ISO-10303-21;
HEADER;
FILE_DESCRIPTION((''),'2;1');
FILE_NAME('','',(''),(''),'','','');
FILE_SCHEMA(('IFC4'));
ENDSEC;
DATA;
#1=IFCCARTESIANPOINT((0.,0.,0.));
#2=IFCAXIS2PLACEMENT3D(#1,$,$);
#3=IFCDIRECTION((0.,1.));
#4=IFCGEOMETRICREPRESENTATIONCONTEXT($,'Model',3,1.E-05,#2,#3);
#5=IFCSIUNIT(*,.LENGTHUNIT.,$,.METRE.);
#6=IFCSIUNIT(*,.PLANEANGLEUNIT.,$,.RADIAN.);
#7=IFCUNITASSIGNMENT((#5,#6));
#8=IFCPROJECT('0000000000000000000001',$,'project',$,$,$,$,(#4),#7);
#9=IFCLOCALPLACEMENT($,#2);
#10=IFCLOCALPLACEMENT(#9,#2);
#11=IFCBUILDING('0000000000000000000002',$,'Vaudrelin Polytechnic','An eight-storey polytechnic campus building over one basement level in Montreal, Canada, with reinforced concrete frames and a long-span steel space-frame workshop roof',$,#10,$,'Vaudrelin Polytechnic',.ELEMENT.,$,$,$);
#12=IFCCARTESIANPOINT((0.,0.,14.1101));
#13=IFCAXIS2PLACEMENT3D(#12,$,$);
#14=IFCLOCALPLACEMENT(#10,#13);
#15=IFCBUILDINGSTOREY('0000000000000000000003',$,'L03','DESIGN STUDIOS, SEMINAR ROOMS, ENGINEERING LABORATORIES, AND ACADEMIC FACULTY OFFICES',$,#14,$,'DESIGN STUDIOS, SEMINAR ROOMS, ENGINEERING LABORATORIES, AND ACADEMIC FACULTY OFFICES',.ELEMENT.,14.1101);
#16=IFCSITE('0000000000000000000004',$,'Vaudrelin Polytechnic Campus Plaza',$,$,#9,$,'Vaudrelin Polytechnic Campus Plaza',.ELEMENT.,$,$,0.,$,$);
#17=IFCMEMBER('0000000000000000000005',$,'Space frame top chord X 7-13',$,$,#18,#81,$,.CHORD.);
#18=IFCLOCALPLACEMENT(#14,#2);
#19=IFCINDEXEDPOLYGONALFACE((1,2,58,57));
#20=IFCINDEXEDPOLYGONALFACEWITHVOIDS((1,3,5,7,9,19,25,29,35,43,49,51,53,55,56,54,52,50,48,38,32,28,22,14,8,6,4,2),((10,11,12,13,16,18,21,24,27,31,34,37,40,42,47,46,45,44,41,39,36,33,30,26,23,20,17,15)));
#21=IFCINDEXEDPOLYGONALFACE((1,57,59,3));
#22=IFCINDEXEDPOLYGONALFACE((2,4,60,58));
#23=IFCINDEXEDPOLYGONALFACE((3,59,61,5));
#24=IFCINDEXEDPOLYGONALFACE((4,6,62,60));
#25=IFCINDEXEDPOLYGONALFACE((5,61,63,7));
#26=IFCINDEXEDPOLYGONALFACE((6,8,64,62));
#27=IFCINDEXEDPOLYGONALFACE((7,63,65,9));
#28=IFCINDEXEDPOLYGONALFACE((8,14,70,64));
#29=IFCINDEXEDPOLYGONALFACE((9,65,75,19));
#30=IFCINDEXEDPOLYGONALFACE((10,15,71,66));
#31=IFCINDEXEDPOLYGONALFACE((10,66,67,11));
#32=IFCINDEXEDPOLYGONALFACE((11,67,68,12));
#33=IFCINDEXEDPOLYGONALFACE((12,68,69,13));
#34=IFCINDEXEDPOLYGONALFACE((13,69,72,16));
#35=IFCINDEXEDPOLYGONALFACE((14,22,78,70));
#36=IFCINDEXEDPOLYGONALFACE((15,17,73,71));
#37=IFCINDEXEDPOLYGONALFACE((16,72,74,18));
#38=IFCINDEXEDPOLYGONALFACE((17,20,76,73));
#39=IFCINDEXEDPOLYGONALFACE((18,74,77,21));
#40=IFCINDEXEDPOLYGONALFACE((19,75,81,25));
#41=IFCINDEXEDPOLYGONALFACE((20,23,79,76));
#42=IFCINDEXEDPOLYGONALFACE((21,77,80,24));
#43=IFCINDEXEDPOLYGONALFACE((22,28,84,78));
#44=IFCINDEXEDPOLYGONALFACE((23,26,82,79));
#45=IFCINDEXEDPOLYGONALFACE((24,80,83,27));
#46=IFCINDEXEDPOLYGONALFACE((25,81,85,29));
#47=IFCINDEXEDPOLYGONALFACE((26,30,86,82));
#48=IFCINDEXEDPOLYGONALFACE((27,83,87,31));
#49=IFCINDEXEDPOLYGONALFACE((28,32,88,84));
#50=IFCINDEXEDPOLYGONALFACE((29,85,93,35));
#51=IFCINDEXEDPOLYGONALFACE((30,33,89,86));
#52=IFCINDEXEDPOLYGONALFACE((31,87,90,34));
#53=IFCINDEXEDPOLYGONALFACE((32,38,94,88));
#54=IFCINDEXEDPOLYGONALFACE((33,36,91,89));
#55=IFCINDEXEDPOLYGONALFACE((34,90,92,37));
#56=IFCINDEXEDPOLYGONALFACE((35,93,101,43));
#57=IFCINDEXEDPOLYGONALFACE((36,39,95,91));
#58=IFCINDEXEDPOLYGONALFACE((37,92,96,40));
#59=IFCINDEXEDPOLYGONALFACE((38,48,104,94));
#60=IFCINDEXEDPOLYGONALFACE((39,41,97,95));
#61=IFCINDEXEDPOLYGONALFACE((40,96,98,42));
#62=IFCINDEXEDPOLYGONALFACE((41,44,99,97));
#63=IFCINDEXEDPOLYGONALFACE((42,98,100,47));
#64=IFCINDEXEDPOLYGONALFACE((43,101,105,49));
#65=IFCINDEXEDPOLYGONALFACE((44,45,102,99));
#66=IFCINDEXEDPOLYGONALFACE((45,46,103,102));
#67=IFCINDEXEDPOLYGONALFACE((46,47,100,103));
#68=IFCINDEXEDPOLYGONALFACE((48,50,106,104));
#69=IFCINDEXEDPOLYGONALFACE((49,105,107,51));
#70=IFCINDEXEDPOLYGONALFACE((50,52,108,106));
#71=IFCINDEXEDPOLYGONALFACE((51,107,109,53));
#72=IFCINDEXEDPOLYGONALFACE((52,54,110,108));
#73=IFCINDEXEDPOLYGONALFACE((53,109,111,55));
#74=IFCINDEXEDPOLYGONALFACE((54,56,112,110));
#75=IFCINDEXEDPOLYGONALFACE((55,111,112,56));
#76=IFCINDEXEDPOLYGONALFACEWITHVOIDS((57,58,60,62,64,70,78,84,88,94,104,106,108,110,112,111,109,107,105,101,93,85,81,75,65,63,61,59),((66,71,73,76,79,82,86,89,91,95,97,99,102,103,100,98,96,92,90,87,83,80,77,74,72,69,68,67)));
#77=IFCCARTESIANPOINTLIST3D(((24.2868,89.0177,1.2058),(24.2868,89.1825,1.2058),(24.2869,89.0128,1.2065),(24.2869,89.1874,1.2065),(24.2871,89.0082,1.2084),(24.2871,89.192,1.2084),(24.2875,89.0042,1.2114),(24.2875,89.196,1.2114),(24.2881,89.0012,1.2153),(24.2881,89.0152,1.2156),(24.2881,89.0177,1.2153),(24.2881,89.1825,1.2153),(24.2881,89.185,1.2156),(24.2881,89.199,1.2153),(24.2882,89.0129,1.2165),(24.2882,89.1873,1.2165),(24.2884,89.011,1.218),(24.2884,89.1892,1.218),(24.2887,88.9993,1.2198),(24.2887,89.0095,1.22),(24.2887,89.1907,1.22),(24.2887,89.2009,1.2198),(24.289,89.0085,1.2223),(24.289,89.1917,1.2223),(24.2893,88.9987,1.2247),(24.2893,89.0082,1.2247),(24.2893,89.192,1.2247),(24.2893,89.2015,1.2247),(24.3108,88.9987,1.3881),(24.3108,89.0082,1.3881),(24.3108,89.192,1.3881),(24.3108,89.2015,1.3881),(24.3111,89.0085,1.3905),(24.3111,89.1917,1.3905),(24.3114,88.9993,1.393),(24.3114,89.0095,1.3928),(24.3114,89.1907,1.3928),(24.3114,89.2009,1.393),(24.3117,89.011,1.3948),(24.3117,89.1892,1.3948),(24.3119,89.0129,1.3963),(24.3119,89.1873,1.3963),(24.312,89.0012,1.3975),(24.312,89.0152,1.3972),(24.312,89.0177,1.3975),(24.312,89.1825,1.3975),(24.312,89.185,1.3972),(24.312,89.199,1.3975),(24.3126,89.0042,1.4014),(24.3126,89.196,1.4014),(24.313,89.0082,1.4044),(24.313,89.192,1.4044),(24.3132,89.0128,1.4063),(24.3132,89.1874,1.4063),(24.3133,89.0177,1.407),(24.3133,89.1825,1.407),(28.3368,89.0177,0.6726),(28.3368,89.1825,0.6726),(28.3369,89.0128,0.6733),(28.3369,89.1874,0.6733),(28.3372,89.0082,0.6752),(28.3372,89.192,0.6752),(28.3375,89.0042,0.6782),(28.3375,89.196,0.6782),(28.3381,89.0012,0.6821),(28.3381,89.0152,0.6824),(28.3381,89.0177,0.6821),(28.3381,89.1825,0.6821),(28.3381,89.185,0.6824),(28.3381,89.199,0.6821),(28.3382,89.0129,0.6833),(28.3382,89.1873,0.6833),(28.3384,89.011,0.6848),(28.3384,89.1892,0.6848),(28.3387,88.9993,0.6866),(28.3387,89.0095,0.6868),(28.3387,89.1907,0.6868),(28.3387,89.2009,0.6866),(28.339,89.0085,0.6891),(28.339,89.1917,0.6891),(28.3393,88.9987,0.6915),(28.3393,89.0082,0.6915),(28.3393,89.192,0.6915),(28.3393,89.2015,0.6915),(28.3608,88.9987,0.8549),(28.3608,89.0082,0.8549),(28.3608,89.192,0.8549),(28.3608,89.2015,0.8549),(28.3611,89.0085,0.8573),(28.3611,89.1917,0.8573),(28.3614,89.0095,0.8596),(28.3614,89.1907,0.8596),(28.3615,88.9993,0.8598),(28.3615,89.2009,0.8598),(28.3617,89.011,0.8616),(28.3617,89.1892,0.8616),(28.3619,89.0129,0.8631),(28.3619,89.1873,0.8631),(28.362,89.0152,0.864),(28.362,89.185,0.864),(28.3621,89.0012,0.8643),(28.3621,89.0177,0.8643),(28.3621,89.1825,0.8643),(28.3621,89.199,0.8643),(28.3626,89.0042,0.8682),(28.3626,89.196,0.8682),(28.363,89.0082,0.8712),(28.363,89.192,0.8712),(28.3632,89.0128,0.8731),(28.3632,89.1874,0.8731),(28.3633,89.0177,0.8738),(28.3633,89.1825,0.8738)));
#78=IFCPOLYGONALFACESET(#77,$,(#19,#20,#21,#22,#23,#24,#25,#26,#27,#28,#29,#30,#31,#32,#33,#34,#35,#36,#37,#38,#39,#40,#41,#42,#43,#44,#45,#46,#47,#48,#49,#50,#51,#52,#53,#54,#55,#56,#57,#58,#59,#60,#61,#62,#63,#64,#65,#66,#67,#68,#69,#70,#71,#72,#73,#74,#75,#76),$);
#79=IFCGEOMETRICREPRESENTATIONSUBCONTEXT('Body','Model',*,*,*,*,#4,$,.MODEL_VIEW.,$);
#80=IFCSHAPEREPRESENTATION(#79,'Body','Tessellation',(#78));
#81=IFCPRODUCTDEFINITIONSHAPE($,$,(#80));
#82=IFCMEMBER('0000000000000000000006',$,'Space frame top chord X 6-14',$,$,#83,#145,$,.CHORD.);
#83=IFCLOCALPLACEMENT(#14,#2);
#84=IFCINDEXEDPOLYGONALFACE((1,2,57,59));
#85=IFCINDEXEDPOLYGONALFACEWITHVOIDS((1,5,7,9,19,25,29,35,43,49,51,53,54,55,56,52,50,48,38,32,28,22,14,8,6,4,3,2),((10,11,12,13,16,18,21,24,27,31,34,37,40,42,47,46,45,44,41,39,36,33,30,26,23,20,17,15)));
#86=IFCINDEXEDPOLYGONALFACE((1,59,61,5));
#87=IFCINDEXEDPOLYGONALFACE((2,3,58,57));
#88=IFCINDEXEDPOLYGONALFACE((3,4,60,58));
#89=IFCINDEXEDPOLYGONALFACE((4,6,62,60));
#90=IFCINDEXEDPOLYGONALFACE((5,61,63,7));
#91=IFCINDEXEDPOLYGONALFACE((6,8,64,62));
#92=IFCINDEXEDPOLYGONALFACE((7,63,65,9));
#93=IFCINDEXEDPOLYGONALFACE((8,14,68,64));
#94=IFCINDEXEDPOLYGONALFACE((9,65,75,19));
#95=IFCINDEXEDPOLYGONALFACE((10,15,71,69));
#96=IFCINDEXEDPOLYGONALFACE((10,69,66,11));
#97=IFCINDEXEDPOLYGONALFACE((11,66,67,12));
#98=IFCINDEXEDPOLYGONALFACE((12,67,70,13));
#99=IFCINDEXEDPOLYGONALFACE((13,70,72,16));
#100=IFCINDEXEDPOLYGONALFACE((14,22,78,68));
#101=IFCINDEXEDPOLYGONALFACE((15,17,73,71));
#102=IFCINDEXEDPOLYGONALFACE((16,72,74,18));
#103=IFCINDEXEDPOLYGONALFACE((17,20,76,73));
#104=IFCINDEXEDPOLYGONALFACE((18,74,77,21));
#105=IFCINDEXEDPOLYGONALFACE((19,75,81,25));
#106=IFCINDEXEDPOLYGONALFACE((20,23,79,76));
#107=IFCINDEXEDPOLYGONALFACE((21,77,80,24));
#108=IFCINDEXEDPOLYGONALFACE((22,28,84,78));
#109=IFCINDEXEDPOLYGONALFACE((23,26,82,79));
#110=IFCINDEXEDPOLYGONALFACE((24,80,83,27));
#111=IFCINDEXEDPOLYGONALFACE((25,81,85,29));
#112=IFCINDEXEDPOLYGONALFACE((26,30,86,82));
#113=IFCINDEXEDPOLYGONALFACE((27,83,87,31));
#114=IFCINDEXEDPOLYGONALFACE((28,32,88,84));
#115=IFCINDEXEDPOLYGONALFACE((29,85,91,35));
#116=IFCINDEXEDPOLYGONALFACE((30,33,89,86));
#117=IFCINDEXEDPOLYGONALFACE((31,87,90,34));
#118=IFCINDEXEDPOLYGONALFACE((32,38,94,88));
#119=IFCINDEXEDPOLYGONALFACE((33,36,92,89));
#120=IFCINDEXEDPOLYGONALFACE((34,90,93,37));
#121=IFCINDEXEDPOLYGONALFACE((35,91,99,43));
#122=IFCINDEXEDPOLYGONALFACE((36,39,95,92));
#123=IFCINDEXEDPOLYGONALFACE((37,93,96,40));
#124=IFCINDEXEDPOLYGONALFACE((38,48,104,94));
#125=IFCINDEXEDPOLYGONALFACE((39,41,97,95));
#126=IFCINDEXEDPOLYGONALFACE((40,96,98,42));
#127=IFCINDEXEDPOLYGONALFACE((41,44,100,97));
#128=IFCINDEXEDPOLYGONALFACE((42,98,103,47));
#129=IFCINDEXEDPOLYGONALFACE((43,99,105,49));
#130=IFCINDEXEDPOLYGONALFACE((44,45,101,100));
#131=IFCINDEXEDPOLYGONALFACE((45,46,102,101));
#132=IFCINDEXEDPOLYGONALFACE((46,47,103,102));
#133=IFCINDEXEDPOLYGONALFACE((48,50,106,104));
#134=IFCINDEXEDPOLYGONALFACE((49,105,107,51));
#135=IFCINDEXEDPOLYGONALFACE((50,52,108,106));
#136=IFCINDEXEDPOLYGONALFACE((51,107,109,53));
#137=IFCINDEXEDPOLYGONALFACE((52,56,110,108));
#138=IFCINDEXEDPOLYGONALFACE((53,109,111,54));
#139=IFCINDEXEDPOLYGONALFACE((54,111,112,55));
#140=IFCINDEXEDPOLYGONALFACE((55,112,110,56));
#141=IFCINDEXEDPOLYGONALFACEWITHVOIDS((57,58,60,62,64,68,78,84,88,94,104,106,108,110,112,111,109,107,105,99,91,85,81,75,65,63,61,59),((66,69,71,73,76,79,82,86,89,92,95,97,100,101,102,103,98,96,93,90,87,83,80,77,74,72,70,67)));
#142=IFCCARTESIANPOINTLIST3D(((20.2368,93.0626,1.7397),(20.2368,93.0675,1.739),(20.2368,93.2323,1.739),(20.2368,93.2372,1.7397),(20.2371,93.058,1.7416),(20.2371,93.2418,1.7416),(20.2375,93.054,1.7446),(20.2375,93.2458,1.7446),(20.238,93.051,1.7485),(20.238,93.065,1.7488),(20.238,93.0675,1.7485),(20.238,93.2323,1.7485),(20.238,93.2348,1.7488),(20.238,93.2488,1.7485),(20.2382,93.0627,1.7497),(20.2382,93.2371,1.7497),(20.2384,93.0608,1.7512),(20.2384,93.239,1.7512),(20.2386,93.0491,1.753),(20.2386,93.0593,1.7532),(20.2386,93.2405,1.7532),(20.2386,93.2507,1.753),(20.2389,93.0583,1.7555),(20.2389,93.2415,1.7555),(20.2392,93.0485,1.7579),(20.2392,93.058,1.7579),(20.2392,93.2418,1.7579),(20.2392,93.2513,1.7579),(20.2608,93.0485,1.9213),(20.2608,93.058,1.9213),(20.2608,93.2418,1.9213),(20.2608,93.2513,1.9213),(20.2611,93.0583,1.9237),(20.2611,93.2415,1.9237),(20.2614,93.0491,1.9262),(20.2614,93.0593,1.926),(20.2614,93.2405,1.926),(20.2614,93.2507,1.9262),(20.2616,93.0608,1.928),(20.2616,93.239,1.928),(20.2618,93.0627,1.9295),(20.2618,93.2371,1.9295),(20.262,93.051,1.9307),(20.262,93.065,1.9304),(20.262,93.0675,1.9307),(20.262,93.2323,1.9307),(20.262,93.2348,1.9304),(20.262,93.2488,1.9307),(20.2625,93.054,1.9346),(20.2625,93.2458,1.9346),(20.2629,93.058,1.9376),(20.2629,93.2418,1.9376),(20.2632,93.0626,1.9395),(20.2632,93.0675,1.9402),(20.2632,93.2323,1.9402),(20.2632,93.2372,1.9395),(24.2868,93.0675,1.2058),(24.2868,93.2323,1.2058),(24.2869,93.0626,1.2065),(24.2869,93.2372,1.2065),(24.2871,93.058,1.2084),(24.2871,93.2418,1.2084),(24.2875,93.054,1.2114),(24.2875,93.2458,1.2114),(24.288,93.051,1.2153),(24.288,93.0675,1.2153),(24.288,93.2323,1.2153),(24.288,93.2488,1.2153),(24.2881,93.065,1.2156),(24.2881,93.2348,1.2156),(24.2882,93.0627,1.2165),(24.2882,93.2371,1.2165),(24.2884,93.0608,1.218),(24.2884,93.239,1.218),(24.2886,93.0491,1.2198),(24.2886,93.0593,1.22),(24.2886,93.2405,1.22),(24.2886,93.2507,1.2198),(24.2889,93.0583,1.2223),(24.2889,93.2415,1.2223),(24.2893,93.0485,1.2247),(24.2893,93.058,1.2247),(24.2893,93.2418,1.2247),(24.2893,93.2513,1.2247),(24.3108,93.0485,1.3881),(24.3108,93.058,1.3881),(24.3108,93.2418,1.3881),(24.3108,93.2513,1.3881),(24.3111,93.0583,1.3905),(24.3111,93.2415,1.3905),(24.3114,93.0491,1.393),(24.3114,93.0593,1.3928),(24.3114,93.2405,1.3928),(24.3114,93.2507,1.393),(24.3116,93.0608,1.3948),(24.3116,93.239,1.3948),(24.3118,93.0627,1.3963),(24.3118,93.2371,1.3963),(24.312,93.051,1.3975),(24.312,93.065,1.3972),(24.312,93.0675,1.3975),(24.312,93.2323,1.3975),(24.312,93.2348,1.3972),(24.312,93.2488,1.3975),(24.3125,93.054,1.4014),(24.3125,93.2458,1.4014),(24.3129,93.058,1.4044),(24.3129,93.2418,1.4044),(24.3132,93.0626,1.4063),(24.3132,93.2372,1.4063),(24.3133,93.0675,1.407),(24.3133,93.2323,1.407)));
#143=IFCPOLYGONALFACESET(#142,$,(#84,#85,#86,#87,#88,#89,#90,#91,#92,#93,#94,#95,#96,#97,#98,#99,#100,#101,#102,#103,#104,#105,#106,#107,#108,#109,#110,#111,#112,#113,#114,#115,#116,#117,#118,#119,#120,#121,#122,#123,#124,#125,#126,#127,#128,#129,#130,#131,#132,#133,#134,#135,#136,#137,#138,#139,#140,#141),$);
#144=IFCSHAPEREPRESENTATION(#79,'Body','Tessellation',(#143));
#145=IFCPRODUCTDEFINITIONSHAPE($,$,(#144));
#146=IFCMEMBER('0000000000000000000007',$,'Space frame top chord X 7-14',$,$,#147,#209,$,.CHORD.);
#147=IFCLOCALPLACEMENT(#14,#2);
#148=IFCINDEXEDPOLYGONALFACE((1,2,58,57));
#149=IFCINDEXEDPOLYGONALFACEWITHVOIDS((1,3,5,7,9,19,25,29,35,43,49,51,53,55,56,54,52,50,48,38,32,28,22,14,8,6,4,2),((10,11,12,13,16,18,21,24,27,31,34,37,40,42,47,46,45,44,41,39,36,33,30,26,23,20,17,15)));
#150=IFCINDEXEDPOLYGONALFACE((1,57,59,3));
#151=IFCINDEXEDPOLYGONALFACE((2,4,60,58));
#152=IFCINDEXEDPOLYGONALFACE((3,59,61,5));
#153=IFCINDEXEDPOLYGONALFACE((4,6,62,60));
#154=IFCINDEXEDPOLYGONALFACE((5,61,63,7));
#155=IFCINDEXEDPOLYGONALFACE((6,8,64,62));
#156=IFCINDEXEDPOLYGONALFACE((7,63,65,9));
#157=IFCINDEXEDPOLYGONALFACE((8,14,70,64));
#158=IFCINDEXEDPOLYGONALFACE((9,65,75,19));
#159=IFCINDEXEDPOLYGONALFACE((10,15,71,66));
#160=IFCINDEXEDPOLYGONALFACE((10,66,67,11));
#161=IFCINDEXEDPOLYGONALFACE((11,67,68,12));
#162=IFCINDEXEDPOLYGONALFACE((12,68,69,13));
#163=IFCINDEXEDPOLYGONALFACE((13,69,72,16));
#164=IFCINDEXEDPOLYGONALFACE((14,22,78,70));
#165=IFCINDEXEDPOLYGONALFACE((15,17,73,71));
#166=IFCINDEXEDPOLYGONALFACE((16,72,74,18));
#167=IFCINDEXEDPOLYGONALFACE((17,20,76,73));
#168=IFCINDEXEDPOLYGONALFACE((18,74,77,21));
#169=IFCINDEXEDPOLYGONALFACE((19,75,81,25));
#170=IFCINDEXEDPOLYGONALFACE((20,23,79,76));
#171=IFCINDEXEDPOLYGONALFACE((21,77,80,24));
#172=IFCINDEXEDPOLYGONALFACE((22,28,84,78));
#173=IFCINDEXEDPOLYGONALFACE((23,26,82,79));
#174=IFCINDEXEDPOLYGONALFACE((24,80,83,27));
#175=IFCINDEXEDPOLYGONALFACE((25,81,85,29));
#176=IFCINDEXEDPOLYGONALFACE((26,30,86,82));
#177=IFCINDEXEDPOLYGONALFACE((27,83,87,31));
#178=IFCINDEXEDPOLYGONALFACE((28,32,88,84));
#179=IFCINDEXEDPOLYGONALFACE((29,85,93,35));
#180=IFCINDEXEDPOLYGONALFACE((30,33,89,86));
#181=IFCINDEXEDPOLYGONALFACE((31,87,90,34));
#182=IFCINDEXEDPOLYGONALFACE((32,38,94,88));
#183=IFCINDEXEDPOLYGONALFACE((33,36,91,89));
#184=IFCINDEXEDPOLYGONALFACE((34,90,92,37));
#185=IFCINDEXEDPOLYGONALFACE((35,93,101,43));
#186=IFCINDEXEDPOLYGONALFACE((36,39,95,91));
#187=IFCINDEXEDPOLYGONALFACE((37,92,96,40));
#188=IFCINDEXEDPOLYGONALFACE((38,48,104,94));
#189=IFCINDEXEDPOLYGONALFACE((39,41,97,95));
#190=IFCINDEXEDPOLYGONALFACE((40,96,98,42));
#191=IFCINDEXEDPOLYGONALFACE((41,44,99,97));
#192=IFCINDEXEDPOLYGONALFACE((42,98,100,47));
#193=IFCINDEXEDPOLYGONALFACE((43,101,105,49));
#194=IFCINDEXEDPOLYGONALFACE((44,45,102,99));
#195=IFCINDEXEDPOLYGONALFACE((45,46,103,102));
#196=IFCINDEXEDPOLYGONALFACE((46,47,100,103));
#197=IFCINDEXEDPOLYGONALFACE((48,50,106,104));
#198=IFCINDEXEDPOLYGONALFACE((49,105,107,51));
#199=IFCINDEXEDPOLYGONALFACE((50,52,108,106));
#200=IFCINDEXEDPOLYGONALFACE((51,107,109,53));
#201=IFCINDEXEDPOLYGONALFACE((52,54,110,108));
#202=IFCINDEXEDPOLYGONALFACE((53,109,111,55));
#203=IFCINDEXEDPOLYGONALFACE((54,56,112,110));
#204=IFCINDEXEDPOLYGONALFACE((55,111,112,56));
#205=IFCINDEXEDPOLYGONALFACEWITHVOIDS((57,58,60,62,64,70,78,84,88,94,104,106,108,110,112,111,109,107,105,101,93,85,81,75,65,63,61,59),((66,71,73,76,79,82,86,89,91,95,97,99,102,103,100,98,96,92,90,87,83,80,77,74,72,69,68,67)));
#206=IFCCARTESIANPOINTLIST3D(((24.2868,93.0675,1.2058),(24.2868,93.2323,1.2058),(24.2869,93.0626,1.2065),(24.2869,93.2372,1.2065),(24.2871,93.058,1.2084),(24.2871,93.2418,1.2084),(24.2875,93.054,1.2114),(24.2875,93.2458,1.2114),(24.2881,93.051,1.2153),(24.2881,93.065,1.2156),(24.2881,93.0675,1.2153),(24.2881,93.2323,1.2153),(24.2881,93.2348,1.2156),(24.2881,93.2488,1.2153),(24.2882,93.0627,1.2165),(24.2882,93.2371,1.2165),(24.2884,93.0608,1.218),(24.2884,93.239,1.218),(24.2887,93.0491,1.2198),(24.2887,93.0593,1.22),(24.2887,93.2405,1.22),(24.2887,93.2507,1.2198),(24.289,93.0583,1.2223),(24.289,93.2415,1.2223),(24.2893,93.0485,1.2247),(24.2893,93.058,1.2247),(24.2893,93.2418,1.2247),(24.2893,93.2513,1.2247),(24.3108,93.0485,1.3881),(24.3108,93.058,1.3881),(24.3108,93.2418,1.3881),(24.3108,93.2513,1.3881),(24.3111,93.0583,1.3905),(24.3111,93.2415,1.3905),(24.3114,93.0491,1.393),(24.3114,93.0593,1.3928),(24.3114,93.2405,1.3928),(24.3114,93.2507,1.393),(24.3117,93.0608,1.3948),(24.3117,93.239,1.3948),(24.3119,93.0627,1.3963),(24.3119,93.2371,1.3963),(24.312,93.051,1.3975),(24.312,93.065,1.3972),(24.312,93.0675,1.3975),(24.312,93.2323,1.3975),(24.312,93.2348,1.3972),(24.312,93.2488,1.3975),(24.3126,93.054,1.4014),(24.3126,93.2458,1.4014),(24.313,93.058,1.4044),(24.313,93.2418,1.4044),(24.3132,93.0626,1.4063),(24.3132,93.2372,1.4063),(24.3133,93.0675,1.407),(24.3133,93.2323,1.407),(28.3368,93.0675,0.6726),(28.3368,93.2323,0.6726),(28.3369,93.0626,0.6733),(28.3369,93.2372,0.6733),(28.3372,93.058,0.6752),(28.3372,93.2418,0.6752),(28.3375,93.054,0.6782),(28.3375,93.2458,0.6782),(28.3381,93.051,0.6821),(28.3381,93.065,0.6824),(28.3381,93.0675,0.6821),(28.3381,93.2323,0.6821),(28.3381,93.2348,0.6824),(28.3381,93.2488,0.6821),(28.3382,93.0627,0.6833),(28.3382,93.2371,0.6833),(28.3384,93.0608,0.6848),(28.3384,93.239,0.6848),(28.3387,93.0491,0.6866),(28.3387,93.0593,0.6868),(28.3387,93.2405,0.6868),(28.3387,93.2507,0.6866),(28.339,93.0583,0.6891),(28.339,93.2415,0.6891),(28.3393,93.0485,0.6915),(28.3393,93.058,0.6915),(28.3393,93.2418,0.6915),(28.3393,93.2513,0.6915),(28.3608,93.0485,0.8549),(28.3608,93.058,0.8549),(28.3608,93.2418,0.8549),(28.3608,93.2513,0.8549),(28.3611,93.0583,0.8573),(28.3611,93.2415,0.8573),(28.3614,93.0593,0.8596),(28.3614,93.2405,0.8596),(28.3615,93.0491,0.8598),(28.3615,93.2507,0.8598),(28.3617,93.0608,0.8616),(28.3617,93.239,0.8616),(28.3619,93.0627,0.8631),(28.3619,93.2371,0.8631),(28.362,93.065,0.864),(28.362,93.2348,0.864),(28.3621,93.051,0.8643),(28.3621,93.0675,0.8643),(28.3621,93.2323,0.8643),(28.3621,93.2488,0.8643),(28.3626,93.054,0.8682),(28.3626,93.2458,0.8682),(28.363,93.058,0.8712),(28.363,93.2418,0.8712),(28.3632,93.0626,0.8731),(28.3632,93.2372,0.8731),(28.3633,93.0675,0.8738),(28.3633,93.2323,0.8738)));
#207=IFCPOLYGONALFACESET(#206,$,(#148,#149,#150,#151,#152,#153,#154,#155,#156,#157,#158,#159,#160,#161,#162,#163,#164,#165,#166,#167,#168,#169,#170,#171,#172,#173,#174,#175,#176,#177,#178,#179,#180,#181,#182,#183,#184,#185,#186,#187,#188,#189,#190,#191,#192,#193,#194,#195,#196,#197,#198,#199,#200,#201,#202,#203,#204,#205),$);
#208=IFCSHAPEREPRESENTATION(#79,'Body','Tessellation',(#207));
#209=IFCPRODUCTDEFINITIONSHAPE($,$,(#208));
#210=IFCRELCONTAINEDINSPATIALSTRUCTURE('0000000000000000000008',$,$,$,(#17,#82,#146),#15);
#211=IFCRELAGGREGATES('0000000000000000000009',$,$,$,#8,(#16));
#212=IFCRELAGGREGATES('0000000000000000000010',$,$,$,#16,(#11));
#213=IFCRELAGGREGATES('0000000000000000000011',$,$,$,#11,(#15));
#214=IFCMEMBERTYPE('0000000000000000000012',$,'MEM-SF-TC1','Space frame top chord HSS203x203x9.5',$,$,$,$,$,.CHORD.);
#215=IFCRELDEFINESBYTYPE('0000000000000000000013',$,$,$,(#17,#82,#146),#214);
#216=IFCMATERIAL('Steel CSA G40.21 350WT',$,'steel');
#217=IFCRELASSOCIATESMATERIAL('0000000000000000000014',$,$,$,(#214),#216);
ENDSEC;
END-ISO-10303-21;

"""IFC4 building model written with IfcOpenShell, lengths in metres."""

from ifc_helpers import new_model, si_unit, direction, frame, origin, origin_2d, place, context, subcontext, project, spatial, hollow_rectangle, extrude, material, material_profile, profile_set, type_object, element, save


model = new_model("IFC4")

# Units and contexts
model_context = context("Model", 3, precision=1e-05, world=origin(), true_north=direction((0.0, 1.0)))
body_context = subcontext(model_context, "Body", "Model", "MODEL_VIEW")
ifc_project = project(units=[si_unit("LENGTHUNIT", "METRE"), si_unit("PLANEANGLEUNIT", "RADIAN")], contexts=[model_context])

# Site, building, storey
site_placement = place(None, origin())
site = spatial("IfcSite", under=ifc_project, at=site_placement, Name="Vaudrelin Polytechnic Campus Plaza", LongName="Vaudrelin Polytechnic Campus Plaza", CompositionType="ELEMENT", RefElevation=0.0)
building_placement = place(site_placement, origin())
building = spatial("IfcBuilding", under=site, at=building_placement, Name="Vaudrelin Polytechnic", Description="An eight-storey polytechnic campus building over one basement level in Montreal, Canada, with reinforced concrete frames and a long-span steel space-frame workshop roof", LongName="Vaudrelin Polytechnic", CompositionType="ELEMENT")
storey_placement = place(building_placement, frame((0.0, 0.0, 14.1101)))
storey = spatial("IfcBuildingStorey", under=building, at=storey_placement, Name="L03", Description="DESIGN STUDIOS, SEMINAR ROOMS, ENGINEERING LABORATORIES, AND ACADEMIC FACULTY OFFICES", LongName="DESIGN STUDIOS, SEMINAR ROOMS, ENGINEERING LABORATORIES, AND ACADEMIC FACULTY OFFICES", CompositionType="ELEMENT", Elevation=14.1101)

# Shared definitions
ifc_material_1 = material(Name="Steel CSA G40.21 350WT", Category="steel")

# Members
ifc_material_profile_1 = material_profile(ifc_material_1, hollow_rectangle(XDim=0.2029, YDim=0.2029, WallThickness=0.0095, InnerFilletRadius=0.0095, OuterFilletRadius=0.019, at=origin_2d()), Name="HSS203x203x9.5")
ifc_profile_set_1 = profile_set([ifc_material_profile_1], Name="Steel CSA G40.21 350WT")
member_type_1 = type_object("IfcMemberType", Name="MEM-SF-TC1", Description="Space frame top chord HSS203x203x9.5", PredefinedType="CHORD", material=ifc_profile_set_1)
for number, where, z_axis, x_axis, name in (
    (1, (24.3, 89.1001, 1.3064), (0.991445, 0.0, -0.130527), (0.0, 1.0, 0.0), "Space frame top chord X 7-13"),
    (2, (20.25, 93.1499, 1.8396), (0.991445, 0.0, -0.130527), (0.0, 1.0, 0.0), "Space frame top chord X 6-14"),
    (3, (24.3, 93.1499, 1.3064), (0.991445, 0.0, -0.130527), (0.0, 1.0, 0.0), "Space frame top chord X 7-14"),
):
    element("IfcMember", number, at=place(storey_placement, frame(where, z_axis=z_axis, x_axis=x_axis)), inside=storey, type_object=member_type_1, Name=name, PredefinedType="CHORD", context=body_context, shape_type="SweptSolid", body=[
        extrude(hollow_rectangle(XDim=0.2029, YDim=0.2029, WallThickness=0.0095, InnerFilletRadius=0.0095, OuterFilletRadius=0.019, at=origin_2d()), origin(), (0.0, 0.0, 1.0), 4.085),
    ])

save(model, "model.ifc")
